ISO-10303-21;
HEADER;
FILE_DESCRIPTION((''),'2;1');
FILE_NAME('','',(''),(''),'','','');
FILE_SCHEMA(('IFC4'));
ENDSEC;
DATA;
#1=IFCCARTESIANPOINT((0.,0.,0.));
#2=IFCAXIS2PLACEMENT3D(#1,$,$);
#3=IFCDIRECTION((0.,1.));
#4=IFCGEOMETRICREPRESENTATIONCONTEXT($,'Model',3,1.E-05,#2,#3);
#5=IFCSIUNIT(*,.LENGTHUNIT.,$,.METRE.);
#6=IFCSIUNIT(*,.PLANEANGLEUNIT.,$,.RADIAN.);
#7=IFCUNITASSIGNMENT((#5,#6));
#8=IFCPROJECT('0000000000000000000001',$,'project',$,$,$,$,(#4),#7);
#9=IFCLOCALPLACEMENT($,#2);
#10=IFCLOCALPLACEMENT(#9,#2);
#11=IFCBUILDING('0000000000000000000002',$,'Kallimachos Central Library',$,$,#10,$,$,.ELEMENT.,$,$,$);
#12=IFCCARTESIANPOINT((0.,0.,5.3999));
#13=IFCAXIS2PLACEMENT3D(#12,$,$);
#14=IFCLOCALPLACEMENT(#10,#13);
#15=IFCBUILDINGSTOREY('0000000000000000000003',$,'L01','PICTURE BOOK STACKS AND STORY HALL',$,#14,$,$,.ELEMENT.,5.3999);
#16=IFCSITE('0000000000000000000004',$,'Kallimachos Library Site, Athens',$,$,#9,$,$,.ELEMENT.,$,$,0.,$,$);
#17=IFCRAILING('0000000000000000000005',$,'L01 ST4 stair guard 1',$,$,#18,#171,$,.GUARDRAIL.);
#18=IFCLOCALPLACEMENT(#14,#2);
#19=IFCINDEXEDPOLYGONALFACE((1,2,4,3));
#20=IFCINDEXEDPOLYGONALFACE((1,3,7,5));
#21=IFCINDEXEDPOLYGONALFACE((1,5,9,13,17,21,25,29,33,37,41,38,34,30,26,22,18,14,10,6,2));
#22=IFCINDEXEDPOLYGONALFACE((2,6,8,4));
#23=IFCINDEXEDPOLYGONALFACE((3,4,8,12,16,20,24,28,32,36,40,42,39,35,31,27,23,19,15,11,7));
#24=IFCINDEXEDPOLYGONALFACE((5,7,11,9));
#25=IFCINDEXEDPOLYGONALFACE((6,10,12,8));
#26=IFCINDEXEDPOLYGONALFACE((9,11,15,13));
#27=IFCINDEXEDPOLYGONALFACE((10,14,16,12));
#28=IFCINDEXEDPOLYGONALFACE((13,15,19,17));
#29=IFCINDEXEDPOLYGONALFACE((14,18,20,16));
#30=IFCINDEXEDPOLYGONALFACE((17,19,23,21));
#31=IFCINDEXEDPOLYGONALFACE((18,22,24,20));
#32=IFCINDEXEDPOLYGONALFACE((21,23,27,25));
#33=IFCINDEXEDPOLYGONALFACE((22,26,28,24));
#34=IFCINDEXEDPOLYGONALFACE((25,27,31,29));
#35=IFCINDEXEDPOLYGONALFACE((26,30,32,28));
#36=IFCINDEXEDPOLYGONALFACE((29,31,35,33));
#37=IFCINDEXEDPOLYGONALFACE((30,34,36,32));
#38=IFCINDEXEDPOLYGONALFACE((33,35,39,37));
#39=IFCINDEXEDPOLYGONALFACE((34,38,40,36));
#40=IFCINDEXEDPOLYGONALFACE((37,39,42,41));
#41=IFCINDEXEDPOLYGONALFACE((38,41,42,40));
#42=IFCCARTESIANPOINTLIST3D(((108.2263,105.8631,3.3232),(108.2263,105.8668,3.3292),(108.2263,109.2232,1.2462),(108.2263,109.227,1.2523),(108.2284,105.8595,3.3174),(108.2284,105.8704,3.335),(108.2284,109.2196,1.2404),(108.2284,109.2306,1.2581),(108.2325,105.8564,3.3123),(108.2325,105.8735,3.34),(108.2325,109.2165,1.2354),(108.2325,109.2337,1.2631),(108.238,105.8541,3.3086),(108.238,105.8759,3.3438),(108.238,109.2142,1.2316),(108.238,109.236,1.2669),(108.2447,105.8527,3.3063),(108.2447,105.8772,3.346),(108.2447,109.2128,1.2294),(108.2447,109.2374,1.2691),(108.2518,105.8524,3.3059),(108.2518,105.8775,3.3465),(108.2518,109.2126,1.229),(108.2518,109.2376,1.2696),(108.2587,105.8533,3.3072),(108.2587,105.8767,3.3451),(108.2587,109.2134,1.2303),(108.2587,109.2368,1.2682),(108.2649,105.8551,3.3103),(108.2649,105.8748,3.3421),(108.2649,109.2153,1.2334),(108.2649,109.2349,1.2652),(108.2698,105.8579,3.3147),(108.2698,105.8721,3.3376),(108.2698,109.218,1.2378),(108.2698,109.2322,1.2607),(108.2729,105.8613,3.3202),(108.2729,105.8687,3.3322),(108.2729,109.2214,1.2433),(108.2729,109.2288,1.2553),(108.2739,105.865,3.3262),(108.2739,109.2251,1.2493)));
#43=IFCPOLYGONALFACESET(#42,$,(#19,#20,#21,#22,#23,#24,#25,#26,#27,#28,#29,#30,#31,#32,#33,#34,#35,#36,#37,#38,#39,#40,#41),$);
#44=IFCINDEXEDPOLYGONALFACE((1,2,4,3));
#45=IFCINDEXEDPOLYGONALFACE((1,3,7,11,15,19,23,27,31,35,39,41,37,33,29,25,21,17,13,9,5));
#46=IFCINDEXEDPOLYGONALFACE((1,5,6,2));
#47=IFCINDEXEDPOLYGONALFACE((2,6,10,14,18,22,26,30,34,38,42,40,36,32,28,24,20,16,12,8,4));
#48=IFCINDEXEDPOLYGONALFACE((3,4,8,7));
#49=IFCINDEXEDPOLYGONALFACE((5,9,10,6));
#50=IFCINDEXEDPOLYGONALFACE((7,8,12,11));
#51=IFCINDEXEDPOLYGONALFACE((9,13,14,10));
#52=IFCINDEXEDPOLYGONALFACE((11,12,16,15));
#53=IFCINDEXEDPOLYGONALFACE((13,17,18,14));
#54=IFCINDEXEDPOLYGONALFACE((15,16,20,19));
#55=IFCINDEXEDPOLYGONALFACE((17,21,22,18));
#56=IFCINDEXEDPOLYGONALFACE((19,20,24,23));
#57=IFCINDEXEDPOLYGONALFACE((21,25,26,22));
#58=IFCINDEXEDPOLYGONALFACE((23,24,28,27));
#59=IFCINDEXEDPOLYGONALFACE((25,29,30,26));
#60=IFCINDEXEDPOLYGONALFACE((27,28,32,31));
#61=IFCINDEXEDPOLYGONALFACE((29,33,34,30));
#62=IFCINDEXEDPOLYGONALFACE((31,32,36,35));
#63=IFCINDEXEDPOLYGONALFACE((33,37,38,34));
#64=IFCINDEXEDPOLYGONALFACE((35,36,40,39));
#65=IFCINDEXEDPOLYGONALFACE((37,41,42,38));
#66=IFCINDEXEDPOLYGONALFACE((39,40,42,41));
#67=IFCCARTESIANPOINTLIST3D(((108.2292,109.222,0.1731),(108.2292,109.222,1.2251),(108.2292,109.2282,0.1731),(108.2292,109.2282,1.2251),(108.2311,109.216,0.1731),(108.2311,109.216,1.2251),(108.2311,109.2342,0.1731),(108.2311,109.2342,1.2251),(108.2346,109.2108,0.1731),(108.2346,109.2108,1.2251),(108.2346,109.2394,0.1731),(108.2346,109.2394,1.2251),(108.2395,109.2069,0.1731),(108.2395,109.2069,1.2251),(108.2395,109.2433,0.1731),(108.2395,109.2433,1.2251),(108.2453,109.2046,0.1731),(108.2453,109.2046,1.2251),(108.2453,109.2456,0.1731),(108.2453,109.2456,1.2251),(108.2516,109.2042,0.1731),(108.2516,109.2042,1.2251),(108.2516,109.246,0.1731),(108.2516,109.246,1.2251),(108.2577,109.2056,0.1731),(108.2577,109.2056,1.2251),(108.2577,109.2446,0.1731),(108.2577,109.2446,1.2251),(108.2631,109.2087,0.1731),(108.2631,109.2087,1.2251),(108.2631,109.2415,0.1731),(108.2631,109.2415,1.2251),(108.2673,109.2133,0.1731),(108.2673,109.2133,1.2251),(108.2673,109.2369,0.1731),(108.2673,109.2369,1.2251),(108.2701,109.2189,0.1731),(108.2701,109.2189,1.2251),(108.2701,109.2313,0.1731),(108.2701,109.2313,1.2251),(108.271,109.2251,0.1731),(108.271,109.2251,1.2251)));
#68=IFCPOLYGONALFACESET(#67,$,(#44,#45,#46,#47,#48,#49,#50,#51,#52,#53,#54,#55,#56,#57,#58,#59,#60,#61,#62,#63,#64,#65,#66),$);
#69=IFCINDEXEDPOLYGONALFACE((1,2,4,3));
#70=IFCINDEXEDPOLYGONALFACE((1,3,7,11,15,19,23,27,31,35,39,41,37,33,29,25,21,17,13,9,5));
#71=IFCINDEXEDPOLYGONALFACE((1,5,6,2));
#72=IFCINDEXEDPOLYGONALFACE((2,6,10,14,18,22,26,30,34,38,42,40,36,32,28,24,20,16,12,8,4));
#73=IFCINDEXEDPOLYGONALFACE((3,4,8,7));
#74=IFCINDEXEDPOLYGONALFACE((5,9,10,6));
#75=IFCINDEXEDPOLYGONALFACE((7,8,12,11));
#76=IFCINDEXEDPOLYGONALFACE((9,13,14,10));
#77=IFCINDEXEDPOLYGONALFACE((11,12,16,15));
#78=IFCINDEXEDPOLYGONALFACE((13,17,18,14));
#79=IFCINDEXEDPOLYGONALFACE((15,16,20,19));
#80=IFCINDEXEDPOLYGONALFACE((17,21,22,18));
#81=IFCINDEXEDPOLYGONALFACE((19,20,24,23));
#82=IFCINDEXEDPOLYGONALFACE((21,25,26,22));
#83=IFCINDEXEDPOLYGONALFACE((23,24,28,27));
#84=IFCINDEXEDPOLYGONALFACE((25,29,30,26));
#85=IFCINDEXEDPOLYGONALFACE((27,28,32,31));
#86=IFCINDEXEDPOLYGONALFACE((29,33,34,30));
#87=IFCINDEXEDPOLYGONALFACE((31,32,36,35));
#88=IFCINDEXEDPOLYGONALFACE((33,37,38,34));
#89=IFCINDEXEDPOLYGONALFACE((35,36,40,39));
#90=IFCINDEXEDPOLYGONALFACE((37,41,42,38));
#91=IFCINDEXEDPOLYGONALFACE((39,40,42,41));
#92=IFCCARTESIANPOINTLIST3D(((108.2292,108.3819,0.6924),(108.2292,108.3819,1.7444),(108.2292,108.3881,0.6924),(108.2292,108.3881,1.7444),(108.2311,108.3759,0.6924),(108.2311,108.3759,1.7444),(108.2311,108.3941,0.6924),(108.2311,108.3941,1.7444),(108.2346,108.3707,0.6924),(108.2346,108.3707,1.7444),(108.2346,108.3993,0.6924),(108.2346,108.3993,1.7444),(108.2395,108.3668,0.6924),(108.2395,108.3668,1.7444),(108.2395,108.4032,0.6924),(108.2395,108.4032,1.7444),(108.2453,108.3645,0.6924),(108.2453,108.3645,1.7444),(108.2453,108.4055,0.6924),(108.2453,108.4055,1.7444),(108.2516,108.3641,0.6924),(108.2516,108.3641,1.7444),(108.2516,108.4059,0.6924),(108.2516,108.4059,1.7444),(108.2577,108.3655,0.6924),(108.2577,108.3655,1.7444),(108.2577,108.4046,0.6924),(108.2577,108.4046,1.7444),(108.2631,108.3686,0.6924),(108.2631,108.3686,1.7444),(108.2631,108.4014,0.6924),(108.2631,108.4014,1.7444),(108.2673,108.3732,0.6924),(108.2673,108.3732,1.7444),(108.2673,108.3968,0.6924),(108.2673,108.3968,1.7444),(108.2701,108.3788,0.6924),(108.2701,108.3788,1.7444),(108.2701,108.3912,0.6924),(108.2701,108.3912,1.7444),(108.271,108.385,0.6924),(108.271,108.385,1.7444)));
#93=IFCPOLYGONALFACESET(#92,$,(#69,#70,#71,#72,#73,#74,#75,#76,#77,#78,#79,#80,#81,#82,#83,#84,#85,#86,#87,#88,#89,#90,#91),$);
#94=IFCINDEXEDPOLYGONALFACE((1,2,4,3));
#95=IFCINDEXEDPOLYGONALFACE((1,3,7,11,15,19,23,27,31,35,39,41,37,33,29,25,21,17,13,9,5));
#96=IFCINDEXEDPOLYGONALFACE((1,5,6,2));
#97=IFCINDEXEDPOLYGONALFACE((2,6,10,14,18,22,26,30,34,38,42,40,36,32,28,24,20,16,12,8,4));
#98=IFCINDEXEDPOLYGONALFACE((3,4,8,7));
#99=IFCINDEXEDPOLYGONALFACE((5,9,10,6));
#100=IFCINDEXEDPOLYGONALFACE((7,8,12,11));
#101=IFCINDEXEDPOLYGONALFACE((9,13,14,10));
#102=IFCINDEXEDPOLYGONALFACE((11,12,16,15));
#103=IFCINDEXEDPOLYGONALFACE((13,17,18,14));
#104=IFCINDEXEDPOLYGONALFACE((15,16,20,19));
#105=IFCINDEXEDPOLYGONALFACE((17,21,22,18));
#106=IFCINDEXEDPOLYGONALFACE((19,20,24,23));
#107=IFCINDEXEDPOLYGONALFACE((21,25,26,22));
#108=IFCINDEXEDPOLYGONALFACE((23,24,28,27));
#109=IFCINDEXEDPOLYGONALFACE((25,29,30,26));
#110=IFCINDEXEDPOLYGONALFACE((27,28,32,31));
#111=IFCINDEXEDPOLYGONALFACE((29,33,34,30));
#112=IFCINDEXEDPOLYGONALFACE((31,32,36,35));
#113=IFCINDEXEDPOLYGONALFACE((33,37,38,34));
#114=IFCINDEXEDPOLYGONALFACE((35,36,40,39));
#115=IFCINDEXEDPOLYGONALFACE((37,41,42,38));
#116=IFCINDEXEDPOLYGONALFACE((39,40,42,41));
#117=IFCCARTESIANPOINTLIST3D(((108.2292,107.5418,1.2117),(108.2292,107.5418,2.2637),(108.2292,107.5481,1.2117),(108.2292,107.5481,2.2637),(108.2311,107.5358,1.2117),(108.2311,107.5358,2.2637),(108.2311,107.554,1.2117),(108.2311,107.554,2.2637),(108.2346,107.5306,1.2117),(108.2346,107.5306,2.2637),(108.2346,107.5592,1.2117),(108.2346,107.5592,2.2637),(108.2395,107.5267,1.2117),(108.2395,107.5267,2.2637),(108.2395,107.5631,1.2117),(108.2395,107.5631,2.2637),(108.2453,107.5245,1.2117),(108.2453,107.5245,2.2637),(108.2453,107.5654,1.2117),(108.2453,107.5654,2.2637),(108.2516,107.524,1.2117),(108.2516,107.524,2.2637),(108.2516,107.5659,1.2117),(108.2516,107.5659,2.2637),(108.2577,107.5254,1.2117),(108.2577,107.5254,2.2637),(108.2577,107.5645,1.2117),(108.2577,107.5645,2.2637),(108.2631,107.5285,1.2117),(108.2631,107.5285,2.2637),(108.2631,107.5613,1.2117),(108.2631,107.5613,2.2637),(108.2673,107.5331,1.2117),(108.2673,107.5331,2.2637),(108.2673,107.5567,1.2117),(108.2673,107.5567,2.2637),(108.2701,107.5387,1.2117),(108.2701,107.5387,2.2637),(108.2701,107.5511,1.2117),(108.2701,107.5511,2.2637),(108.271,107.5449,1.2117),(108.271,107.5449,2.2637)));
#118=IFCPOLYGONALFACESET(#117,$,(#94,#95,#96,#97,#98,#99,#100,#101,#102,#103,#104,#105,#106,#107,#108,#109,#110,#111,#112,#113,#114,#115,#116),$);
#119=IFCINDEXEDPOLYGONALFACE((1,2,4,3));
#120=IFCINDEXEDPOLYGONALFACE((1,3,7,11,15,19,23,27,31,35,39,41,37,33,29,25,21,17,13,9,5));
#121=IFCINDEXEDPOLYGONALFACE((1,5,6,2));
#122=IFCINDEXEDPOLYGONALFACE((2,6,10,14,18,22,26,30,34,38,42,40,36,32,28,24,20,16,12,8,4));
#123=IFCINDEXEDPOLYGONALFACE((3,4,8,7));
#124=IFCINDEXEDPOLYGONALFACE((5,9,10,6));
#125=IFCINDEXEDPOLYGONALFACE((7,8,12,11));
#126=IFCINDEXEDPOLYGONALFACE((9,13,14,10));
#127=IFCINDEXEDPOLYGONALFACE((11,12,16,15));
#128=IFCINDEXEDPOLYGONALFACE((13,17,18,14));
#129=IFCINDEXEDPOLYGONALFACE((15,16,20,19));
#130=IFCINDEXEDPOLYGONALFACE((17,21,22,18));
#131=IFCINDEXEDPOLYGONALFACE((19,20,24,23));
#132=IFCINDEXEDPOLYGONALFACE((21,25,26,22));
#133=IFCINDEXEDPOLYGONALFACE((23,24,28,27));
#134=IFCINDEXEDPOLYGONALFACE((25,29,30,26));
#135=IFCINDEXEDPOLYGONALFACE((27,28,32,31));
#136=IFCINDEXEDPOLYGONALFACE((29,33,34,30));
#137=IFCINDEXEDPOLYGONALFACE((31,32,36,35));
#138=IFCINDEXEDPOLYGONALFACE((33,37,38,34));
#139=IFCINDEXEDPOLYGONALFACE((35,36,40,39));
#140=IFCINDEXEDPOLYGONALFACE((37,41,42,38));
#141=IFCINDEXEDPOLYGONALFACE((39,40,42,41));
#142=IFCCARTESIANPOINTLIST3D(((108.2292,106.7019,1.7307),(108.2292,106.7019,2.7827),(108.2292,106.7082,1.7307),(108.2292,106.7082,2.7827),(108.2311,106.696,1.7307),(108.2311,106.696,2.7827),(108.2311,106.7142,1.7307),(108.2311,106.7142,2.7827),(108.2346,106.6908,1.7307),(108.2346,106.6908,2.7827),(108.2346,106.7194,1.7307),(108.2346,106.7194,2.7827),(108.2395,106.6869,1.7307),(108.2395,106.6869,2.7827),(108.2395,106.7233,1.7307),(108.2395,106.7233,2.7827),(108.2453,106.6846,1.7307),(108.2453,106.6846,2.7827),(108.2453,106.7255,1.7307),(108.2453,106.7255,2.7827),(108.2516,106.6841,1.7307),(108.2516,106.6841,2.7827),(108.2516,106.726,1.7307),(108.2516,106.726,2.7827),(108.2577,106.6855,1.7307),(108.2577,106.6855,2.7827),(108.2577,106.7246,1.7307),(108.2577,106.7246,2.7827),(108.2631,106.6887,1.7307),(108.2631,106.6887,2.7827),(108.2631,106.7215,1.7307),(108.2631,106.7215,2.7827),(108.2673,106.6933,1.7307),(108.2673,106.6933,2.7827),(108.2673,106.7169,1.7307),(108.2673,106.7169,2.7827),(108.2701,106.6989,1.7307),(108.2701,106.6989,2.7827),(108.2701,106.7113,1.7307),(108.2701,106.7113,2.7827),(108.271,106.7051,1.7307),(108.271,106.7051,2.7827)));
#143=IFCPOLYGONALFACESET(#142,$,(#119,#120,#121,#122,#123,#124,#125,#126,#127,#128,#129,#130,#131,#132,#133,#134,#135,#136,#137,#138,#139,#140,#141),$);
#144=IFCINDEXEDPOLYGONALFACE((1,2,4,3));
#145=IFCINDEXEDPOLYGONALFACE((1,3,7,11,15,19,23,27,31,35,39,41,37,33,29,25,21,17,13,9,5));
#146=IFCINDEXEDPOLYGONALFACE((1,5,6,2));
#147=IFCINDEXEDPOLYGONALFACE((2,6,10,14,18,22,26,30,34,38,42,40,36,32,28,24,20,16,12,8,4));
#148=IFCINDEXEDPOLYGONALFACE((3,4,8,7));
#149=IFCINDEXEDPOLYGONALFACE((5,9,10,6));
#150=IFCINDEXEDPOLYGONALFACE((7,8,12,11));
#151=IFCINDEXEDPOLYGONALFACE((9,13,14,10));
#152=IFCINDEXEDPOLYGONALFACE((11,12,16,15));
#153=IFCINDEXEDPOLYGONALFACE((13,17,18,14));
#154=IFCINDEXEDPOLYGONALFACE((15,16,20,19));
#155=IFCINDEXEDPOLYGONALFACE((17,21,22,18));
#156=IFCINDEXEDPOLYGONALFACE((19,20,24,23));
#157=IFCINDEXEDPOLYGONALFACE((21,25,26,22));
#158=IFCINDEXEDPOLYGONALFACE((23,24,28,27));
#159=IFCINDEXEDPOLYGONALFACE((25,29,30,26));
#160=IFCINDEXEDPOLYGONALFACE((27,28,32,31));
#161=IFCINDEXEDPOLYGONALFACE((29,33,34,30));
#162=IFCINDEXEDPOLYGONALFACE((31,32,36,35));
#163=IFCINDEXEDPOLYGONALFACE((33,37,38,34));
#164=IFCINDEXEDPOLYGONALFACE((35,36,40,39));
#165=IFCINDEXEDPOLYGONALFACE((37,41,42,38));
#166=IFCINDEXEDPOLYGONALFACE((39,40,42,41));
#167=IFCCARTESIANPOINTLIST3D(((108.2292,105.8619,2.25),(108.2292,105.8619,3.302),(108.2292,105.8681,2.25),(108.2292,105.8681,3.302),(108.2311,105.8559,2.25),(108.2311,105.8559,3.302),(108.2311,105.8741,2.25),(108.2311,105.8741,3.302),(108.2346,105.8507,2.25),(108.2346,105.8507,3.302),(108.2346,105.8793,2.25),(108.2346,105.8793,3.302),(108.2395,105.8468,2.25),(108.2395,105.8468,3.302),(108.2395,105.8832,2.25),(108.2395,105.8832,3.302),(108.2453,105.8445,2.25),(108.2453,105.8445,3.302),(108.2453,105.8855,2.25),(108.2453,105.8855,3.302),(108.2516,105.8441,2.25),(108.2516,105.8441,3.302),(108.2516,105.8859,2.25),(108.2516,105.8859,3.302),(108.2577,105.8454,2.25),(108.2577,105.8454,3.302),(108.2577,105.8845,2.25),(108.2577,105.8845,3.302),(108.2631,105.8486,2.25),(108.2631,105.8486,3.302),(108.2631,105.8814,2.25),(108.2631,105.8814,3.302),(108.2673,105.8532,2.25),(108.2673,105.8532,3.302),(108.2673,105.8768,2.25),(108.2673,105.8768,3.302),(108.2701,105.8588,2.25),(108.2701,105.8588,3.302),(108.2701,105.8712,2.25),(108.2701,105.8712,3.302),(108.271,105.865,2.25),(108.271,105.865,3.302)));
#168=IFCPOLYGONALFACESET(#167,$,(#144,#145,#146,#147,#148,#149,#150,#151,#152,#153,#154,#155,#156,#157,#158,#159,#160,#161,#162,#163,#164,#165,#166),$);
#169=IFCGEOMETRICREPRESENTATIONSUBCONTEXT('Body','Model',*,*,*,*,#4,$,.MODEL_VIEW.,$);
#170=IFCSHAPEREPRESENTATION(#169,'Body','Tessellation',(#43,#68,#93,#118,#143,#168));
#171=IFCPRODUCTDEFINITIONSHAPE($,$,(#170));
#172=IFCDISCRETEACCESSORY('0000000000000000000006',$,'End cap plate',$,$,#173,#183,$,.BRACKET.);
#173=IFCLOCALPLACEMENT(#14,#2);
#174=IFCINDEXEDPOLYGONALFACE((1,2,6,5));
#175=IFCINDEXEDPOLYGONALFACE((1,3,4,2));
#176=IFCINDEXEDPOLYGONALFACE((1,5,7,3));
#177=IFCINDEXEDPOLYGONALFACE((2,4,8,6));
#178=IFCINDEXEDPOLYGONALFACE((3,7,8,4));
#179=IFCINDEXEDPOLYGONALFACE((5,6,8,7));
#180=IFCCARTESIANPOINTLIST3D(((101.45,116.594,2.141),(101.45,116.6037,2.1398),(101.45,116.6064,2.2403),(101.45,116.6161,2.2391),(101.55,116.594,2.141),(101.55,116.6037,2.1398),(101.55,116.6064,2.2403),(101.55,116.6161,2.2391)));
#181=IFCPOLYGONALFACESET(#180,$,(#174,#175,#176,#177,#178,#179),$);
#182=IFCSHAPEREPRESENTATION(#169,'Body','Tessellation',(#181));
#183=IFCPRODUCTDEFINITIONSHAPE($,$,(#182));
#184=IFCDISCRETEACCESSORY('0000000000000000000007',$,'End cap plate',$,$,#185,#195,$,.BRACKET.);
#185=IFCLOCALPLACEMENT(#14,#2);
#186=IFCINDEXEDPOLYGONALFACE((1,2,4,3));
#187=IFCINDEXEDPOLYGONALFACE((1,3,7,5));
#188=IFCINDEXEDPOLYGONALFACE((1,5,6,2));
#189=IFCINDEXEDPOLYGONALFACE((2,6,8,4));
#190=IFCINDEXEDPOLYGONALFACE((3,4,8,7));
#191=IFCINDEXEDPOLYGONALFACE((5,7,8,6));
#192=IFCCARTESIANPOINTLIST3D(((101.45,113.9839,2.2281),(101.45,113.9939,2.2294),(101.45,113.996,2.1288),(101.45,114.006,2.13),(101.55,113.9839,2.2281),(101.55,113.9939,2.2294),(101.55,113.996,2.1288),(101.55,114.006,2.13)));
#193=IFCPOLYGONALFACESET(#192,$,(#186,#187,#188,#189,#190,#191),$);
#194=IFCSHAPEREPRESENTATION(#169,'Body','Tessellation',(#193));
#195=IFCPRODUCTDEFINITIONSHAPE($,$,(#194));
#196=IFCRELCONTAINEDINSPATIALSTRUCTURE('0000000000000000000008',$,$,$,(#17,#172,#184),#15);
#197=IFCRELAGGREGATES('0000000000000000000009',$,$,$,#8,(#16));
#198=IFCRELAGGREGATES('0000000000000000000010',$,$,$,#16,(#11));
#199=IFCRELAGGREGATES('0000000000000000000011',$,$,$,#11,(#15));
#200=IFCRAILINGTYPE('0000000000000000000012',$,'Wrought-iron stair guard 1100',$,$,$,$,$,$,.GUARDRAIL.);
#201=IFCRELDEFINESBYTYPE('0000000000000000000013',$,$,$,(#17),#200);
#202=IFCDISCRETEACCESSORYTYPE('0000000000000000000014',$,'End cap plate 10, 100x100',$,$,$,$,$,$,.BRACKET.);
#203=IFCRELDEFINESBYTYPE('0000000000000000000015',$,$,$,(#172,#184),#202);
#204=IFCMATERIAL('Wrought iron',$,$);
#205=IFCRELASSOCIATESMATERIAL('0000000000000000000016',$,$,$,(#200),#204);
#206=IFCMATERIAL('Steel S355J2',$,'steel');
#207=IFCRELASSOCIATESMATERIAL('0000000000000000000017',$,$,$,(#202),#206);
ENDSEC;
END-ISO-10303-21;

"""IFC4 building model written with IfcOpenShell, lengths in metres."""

from ifc_helpers import new_model, si_unit, direction, frame, origin, origin_2d, place, context, subcontext, project, spatial, rectangle, circle, extrude, material, material_profile, profile_set, type_object, element, save


model = new_model("IFC4")

# Units and contexts
model_context = context("Model", 3, precision=1e-05, world=origin(), true_north=direction((0.0, 1.0)))
body_context = subcontext(model_context, "Body", "Model", "MODEL_VIEW")
ifc_project = project(units=[si_unit("LENGTHUNIT", "METRE"), si_unit("PLANEANGLEUNIT", "RADIAN")], contexts=[model_context])

# Site, building, storey
site_placement = place(None, origin())
site = spatial("IfcSite", under=ifc_project, at=site_placement, Name="Kallimachos Library Site, Athens", CompositionType="ELEMENT", RefElevation=0.0)
building_placement = place(site_placement, origin())
building = spatial("IfcBuilding", under=site, at=building_placement, Name="Kallimachos Central Library", CompositionType="ELEMENT")
storey_placement = place(building_placement, frame((0.0, 0.0, 5.3999)))
storey = spatial("IfcBuildingStorey", under=building, at=storey_placement, Name="L01", Description="PICTURE BOOK STACKS AND STORY HALL", CompositionType="ELEMENT", Elevation=5.3999)

# Railing
ifc_material_1 = material(Name="Wrought iron")
railing_type_1 = type_object("IfcRailingType", Name="Wrought-iron stair guard 1100", PredefinedType="GUARDRAIL", material=ifc_material_1)
railing_1_placement = place(storey_placement, frame((108.25, 109.2251, 0.1731)))
element("IfcRailing", 1, at=railing_1_placement, inside=storey, type_object=railing_type_1, Name="L01 ST4 stair guard 1", PredefinedType="GUARDRAIL", context=body_context, shape_type="SweptSolid", body=[
    extrude(circle(Radius=0.0239, at=origin_2d()), frame((0.0, 0.0, 1.0762), z_axis=(0.0, -0.850623, 0.525776), x_axis=(1.0, 0.0, 0.0)), (0.0, 0.0, 1.0), 3.9502),
    extrude(circle(Radius=0.021, at=origin_2d()), origin(), (0.0, 0.0, 1.0), 1.052),
    extrude(circle(Radius=0.021, at=origin_2d()), frame((0.0, -0.8401, 0.5193)), (0.0, 0.0, 1.0), 1.052),
    extrude(circle(Radius=0.021, at=origin_2d()), frame((0.0, -1.6802, 1.0386)), (0.0, 0.0, 1.0), 1.052),
    extrude(circle(Radius=0.021, at=origin_2d()), frame((0.0, -2.52, 1.5576)), (0.0, 0.0, 1.0), 1.052),
    extrude(circle(Radius=0.021, at=origin_2d()), frame((0.0, -3.3601, 2.0769)), (0.0, 0.0, 1.0), 1.052),
])

# Discrete accessories
ifc_material_2 = material(Name="Steel S355J2", Category="steel")
ifc_material_profile_1 = material_profile(ifc_material_2, rectangle(XDim=0.1001, YDim=0.1001, at=origin_2d()), Name="End cap plate 10, 100x100")
ifc_profile_set_1 = profile_set([ifc_material_profile_1], Name="Steel S355J2")
discrete_accessory_type = type_object("IfcDiscreteAccessoryType", Name="End cap plate 10, 100x100", PredefinedType="BRACKET", material=ifc_profile_set_1)
discrete_accessory_1_placement = place(storey_placement, frame((101.5, 116.6099, 2.1895), z_axis=(0.0, -0.992278, 0.124035), x_axis=(1.0, 0.0, 0.0)))
element("IfcDiscreteAccessory", 2, at=discrete_accessory_1_placement, inside=storey, type_object=discrete_accessory_type, Name="End cap plate", PredefinedType="BRACKET", context=body_context, shape_type="SweptSolid", body=[
    extrude(rectangle(XDim=0.1001, YDim=0.1001, at=origin_2d()), origin(), (0.0, 0.0, 1.0), 0.0098),
])
discrete_accessory_2_placement = place(storey_placement, frame((101.5, 113.99, 2.1785), z_axis=(0.0, 0.992646, 0.121054), x_axis=(-1.0, 0.0, 0.0)))
element("IfcDiscreteAccessory", 3, at=discrete_accessory_2_placement, inside=storey, type_object=discrete_accessory_type, Name="End cap plate", PredefinedType="BRACKET", context=body_context, shape_type="SweptSolid", body=[
    extrude(rectangle(XDim=0.1001, YDim=0.1001, at=origin_2d()), origin(), (0.0, 0.0, 1.0), 0.01),
])

save(model, "model.ifc")
